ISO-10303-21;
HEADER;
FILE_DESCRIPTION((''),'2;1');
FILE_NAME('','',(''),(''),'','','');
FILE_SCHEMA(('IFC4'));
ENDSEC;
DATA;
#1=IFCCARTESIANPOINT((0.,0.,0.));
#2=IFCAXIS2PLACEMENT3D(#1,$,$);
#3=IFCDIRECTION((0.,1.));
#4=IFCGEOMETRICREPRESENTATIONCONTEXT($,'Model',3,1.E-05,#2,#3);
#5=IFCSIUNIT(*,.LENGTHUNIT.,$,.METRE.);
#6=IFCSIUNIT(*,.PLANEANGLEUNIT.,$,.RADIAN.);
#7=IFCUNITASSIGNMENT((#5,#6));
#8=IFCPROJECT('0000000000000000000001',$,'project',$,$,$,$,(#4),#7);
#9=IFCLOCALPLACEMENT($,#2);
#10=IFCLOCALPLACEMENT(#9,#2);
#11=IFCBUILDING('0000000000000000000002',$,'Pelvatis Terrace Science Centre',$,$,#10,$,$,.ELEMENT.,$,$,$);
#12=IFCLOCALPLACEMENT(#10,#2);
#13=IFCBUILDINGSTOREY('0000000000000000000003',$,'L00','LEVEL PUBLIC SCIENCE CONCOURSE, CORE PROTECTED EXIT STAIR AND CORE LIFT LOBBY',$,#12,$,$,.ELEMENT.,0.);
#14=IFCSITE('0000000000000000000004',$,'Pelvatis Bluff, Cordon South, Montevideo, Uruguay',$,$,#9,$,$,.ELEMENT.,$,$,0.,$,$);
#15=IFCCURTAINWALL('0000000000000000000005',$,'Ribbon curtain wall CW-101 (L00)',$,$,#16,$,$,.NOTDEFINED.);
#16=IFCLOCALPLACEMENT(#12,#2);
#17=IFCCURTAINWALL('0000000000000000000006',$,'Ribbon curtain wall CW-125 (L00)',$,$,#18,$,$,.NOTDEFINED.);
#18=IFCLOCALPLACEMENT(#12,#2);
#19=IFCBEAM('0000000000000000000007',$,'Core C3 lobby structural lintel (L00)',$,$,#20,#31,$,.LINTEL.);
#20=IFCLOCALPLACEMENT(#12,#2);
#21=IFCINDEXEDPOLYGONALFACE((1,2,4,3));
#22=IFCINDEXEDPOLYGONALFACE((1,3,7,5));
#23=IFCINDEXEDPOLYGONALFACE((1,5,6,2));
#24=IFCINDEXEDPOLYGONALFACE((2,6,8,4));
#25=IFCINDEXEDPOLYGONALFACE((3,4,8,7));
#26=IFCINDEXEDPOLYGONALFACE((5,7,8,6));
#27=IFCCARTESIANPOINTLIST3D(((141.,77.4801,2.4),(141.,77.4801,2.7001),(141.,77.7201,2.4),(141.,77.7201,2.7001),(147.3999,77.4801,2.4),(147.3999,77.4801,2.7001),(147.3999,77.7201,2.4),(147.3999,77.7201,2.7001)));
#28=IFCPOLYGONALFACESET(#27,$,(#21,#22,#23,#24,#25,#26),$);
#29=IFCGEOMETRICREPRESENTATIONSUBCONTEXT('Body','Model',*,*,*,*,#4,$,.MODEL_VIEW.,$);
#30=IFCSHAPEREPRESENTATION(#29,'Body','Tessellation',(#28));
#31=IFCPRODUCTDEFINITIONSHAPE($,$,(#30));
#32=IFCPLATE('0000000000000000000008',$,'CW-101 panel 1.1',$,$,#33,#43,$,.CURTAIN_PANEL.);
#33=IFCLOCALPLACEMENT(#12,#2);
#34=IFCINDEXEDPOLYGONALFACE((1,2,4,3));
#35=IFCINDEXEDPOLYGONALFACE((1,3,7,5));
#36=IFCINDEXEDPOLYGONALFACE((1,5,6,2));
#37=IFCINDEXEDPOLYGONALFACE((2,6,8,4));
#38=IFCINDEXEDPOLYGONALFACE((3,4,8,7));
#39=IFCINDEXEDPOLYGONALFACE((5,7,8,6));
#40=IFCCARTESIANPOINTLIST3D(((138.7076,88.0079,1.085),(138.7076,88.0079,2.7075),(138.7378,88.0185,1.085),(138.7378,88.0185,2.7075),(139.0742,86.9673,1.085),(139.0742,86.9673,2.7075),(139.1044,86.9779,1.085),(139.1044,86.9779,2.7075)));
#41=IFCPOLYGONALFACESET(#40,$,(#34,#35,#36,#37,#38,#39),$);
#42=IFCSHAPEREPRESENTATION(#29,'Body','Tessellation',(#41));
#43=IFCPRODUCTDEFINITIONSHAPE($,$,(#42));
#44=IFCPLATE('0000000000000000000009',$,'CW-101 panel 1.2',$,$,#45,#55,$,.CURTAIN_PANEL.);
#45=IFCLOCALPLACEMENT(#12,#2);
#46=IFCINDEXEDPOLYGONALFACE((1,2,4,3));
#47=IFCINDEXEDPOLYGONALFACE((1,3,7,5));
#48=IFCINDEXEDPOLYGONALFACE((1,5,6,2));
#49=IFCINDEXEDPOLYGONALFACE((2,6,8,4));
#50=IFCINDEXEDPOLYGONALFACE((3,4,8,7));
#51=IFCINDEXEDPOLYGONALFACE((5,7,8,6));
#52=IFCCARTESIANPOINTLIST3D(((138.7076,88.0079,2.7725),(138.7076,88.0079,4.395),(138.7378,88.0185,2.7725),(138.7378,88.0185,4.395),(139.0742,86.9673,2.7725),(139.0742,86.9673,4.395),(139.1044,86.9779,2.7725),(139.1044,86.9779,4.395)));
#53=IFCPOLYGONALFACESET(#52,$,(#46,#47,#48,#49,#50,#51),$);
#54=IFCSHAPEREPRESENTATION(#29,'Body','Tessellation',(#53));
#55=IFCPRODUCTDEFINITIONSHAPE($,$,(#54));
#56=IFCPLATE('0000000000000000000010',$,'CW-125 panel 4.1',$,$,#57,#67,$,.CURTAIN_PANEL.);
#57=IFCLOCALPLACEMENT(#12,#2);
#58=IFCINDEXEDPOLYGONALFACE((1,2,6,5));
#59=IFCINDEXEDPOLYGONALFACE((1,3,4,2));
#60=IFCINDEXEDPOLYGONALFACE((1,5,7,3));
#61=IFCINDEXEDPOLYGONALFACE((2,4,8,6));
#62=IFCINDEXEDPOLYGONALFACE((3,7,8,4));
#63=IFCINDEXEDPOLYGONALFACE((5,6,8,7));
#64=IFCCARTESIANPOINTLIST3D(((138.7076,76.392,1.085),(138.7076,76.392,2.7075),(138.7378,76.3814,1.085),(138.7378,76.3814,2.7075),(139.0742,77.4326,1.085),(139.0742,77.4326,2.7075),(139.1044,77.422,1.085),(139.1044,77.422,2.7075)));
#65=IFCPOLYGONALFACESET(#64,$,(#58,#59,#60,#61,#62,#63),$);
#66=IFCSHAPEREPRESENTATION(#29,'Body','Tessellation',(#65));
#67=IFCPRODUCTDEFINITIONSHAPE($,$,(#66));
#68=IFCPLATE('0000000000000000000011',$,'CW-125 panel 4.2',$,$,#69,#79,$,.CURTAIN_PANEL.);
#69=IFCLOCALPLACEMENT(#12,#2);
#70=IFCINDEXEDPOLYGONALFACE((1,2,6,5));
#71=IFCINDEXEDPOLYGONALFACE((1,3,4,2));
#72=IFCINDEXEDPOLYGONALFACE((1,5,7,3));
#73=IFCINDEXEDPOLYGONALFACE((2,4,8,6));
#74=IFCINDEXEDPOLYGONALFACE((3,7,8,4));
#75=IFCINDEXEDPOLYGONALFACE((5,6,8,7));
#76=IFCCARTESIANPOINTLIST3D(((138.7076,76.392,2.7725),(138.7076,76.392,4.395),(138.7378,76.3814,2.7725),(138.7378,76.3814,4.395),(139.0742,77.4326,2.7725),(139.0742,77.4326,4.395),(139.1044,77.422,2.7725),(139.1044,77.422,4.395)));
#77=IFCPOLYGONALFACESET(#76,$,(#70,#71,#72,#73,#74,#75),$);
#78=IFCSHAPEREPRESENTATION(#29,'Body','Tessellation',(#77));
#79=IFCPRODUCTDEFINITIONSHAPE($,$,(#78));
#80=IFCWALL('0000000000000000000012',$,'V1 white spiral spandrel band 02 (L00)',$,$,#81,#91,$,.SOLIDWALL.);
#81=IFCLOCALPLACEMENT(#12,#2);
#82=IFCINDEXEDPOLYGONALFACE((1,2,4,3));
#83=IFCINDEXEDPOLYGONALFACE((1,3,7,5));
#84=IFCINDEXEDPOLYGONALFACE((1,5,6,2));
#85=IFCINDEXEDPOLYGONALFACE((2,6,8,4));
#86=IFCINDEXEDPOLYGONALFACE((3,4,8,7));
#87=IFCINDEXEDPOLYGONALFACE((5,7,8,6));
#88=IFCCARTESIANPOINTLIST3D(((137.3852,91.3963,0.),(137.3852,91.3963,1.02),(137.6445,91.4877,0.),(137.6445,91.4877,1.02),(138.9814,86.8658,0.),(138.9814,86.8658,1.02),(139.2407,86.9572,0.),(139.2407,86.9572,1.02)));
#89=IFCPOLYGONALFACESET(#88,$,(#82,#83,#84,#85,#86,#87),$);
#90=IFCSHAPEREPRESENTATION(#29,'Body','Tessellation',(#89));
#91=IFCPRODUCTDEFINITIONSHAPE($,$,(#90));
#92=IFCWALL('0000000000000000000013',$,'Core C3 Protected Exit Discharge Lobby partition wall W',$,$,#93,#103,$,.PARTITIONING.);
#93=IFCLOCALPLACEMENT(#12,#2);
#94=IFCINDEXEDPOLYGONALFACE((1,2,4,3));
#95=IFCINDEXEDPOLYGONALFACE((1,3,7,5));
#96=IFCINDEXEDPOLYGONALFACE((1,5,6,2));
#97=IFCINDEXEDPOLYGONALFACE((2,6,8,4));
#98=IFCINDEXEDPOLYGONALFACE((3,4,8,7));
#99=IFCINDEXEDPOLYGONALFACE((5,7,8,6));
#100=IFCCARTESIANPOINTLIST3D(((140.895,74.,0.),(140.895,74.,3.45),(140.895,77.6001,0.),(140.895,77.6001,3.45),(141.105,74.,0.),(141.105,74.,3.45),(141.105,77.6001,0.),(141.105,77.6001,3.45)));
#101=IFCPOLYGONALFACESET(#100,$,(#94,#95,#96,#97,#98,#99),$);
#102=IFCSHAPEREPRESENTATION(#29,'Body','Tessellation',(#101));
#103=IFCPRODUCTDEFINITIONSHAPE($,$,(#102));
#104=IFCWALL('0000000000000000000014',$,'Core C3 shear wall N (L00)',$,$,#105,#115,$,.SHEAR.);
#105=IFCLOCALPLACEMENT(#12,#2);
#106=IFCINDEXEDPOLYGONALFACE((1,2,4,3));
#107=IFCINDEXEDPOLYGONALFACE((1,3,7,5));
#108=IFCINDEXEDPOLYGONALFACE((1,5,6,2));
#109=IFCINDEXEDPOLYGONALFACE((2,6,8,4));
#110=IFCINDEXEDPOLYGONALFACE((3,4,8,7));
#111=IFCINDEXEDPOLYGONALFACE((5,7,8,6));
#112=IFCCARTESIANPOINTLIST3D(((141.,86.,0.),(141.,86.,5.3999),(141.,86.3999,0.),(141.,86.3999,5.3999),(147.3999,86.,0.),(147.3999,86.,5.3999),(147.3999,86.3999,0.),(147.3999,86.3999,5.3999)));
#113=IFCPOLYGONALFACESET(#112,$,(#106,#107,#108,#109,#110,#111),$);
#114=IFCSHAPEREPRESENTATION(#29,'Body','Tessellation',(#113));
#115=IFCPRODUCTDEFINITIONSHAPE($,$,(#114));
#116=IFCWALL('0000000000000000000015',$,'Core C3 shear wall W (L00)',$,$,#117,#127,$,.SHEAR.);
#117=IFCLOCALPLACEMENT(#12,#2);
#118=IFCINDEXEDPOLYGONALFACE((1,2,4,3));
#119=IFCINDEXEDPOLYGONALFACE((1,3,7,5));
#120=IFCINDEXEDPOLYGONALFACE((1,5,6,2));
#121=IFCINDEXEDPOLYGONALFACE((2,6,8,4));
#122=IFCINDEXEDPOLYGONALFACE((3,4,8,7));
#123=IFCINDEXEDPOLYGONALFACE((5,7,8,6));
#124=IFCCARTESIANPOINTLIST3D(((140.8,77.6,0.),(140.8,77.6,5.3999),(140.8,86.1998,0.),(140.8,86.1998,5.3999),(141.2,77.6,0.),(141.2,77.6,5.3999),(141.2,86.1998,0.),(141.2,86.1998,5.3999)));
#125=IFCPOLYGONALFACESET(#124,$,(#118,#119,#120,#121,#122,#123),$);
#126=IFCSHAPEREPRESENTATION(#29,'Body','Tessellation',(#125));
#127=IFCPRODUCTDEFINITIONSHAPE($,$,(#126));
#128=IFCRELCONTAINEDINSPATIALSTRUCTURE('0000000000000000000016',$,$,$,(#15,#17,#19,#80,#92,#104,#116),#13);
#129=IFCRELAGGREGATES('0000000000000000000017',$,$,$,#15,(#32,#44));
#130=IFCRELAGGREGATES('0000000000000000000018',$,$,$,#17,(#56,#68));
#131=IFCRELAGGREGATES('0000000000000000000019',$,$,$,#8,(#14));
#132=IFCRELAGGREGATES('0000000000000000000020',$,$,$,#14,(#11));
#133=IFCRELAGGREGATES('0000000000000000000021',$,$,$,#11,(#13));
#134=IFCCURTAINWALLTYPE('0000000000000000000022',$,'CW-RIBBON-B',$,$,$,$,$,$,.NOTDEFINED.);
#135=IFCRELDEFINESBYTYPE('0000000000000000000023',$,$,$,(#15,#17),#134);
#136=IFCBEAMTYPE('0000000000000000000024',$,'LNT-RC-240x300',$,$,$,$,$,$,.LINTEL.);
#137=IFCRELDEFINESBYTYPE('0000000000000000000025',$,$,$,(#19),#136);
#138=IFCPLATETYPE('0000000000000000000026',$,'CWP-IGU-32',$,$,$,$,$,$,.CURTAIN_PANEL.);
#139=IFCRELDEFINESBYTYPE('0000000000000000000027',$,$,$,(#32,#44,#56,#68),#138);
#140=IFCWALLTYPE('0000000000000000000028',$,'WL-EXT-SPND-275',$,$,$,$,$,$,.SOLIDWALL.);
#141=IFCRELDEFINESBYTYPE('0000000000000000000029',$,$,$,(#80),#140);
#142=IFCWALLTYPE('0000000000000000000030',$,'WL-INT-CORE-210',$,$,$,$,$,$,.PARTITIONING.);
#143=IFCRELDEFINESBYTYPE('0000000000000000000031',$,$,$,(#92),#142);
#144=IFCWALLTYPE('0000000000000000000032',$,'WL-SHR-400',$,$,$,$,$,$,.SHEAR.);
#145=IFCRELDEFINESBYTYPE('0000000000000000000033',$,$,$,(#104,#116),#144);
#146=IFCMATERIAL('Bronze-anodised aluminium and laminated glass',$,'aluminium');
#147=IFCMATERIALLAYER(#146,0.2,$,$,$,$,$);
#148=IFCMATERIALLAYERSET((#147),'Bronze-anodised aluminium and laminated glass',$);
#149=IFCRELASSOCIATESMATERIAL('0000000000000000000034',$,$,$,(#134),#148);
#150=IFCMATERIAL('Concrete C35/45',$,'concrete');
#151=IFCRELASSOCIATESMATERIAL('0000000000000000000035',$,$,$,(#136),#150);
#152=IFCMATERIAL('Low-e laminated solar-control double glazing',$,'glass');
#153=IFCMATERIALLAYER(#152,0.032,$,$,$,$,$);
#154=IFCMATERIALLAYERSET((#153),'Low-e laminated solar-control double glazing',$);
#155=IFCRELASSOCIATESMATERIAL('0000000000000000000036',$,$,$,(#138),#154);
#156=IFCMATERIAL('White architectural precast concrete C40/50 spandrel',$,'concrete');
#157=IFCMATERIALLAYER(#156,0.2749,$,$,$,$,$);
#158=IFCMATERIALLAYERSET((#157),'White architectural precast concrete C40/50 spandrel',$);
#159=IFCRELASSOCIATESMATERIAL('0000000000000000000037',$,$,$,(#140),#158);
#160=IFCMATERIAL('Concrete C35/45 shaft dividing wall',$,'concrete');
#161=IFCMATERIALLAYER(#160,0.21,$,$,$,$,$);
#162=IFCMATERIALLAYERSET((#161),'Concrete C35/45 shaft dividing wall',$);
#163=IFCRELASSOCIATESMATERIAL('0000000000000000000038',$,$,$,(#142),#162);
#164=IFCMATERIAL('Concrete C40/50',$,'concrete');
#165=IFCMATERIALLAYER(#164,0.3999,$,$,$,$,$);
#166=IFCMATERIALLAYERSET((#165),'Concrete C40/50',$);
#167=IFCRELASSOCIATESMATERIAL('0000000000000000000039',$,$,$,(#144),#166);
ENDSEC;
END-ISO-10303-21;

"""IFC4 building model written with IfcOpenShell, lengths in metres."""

from ifc_helpers import new_model, si_unit, direction, frame, frame_2d, origin, origin_2d, place, context, subcontext, project, spatial, rectangle, extrude, material, layer, layer_set, material_profile, profile_set, type_object, element, aggregate, save


model = new_model("IFC4")

# Units and contexts
model_context = context("Model", 3, precision=1e-05, world=origin(), true_north=direction((0.0, 1.0)))
body_context = subcontext(model_context, "Body", "Model", "MODEL_VIEW")
ifc_project = project(units=[si_unit("LENGTHUNIT", "METRE"), si_unit("PLANEANGLEUNIT", "RADIAN")], contexts=[model_context])

# Site, building, storey
site_placement = place(None, origin())
site = spatial("IfcSite", under=ifc_project, at=site_placement, Name="Pelvatis Bluff, Cordon South, Montevideo, Uruguay", CompositionType="ELEMENT", RefElevation=0.0)
building_placement = place(site_placement, origin())
building = spatial("IfcBuilding", under=site, at=building_placement, Name="Pelvatis Terrace Science Centre", CompositionType="ELEMENT")
storey_placement = place(building_placement, origin())
storey = spatial("IfcBuildingStorey", under=building, at=storey_placement, Name="L00", Description="LEVEL PUBLIC SCIENCE CONCOURSE, CORE PROTECTED EXIT STAIR AND CORE LIFT LOBBY", CompositionType="ELEMENT", Elevation=0.0)

# Curtain wall
ifc_material_1 = material(Name="Bronze-anodised aluminium and laminated glass", Category="aluminium")
ifc_layer_1 = layer(ifc_material_1, 0.2)
ifc_layer_set_1 = layer_set([ifc_layer_1], Name="Bronze-anodised aluminium and laminated glass")
curtain_wall_type = type_object("IfcCurtainWallType", Name="CW-RIBBON-B", PredefinedType="NOTDEFINED", material=ifc_layer_set_1)
curtain_wall_1_placement = place(storey_placement, origin())
curtain_wall_1 = element("IfcCurtainWall", 1, at=curtain_wall_1_placement, inside=storey, type_object=curtain_wall_type, Name="Ribbon curtain wall CW-101 (L00)", PredefinedType="NOTDEFINED")

# Curtain wall
curtain_wall_2_placement = place(storey_placement, origin())
curtain_wall_2 = element("IfcCurtainWall", 2, at=curtain_wall_2_placement, inside=storey, type_object=curtain_wall_type, Name="Ribbon curtain wall CW-125 (L00)", PredefinedType="NOTDEFINED")

# Beam
ifc_material_2 = material(Name="Concrete C35/45", Category="concrete")
ifc_material_profile_1 = material_profile(ifc_material_2, rectangle(XDim=0.24, YDim=0.3, at=origin_2d()), Name="RC-LNT 240x300")
ifc_profile_set_1 = profile_set([ifc_material_profile_1], Name="Concrete C35/45")
beam_type_1 = type_object("IfcBeamType", Name="LNT-RC-240x300", PredefinedType="LINTEL", material=ifc_profile_set_1)
beam_1_placement = place(storey_placement, frame((141.0, 77.6001, 2.55), z_axis=(1.0, 0.0, 0.0), x_axis=(0.0, 1.0, 0.0)))
element("IfcBeam", 3, at=beam_1_placement, inside=storey, type_object=beam_type_1, Name="Core C3 lobby structural lintel (L00)", PredefinedType="LINTEL", context=body_context, shape_type="SweptSolid", body=[
    extrude(rectangle(XDim=0.24, YDim=0.3, at=origin_2d()), origin(), (0.0, 0.0, 1.0), 6.3999),
])

# Plates
ifc_material_3 = material(Name="Low-e laminated solar-control double glazing", Category="glass")
ifc_layer_2 = layer(ifc_material_3, 0.032)
ifc_layer_set_2 = layer_set([ifc_layer_2], Name="Low-e laminated solar-control double glazing")
plate_type = type_object("IfcPlateType", Name="CWP-IGU-32", PredefinedType="CURTAIN_PANEL", material=ifc_layer_set_2)
plate_1_placement = place(storey_placement, frame((138.906, 87.4929, 1.085), z_axis=(0.0, 0.0, 1.0), x_axis=(-0.332308, 0.943171, 0.0)))
plate_1 = element("IfcPlate", 4, at=plate_1_placement, type_object=plate_type, Name="CW-101 panel 1.1", PredefinedType="CURTAIN_PANEL", context=body_context, shape_type="SweptSolid", body=[
    extrude(rectangle(XDim=1.1033, YDim=0.032, at=origin_2d()), origin(), (0.0, 0.0, 1.0), 1.6226),
])
plate_2_placement = place(storey_placement, frame((138.906, 87.4929, 2.7725), z_axis=(0.0, 0.0, 1.0), x_axis=(-0.332308, 0.943171, 0.0)))
plate_2 = element("IfcPlate", 5, at=plate_2_placement, type_object=plate_type, Name="CW-101 panel 1.2", PredefinedType="CURTAIN_PANEL", context=body_context, shape_type="SweptSolid", body=[
    extrude(rectangle(XDim=1.1033, YDim=0.032, at=origin_2d()), origin(), (0.0, 0.0, 1.0), 1.6226),
])
aggregate(curtain_wall_1, [plate_1, plate_2])
plate_3_placement = place(storey_placement, frame((138.906, 76.907, 1.085), z_axis=(0.0, 0.0, 1.0), x_axis=(0.332308, 0.943171, 0.0)))
plate_3 = element("IfcPlate", 6, at=plate_3_placement, type_object=plate_type, Name="CW-125 panel 4.1", PredefinedType="CURTAIN_PANEL", context=body_context, shape_type="SweptSolid", body=[
    extrude(rectangle(XDim=1.1033, YDim=0.032, at=origin_2d()), origin(), (0.0, 0.0, 1.0), 1.6226),
])
plate_4_placement = place(storey_placement, frame((138.906, 76.907, 2.7725), z_axis=(0.0, 0.0, 1.0), x_axis=(0.332308, 0.943171, 0.0)))
plate_4 = element("IfcPlate", 7, at=plate_4_placement, type_object=plate_type, Name="CW-125 panel 4.2", PredefinedType="CURTAIN_PANEL", context=body_context, shape_type="SweptSolid", body=[
    extrude(rectangle(XDim=1.1033, YDim=0.032, at=origin_2d()), origin(), (0.0, 0.0, 1.0), 1.6226),
])
aggregate(curtain_wall_2, [plate_3, plate_4])

# Walls
ifc_material_4 = material(Name="White architectural precast concrete C40/50 spandrel", Category="concrete")
ifc_layer_3 = layer(ifc_material_4, 0.2749)
ifc_layer_set_3 = layer_set([ifc_layer_3], Name="White architectural precast concrete C40/50 spandrel")
wall_type_1 = type_object("IfcWallType", Name="WL-EXT-SPND-275", PredefinedType="SOLIDWALL", material=ifc_layer_set_3)
wall_1_placement = place(storey_placement, frame((139.1111, 86.9114, 0.0), z_axis=(0.0, 0.0, 1.0), x_axis=(-0.332299, 0.943174, 0.0)))
element("IfcWall", 8, at=wall_1_placement, inside=storey, type_object=wall_type_1, Name="V1 white spiral spandrel band 02 (L00)", PredefinedType="SOLIDWALL", context=body_context, shape_type="SweptSolid", body=[
    extrude(rectangle(XDim=4.8035, YDim=0.2749, at=frame_2d((2.4019, 0.0))), origin(), (0.0, 0.0, 1.0), 1.02),
])
ifc_material_5 = material(Name="Concrete C35/45 shaft dividing wall", Category="concrete")
ifc_layer_4 = layer(ifc_material_5, 0.21)
ifc_layer_set_4 = layer_set([ifc_layer_4], Name="Concrete C35/45 shaft dividing wall")
wall_type_2 = type_object("IfcWallType", Name="WL-INT-CORE-210", PredefinedType="PARTITIONING", material=ifc_layer_set_4)
wall_2_placement = place(storey_placement, frame((141.0, 77.6001, 0.0), z_axis=(0.0, 0.0, 1.0), x_axis=(0.0, -1.0, 0.0)))
element("IfcWall", 9, at=wall_2_placement, inside=storey, type_object=wall_type_2, Name="Core C3 Protected Exit Discharge Lobby partition wall W", PredefinedType="PARTITIONING", context=body_context, shape_type="SweptSolid", body=[
    extrude(rectangle(XDim=3.6001, YDim=0.21, at=frame_2d((1.8, 0.0))), origin(), (0.0, 0.0, 1.0), 3.45),
])
ifc_material_6 = material(Name="Concrete C40/50", Category="concrete")
ifc_layer_5 = layer(ifc_material_6, 0.3999)
ifc_layer_set_5 = layer_set([ifc_layer_5], Name="Concrete C40/50")
wall_type_3 = type_object("IfcWallType", Name="WL-SHR-400", PredefinedType="SHEAR", material=ifc_layer_set_5)
wall_3_placement = place(storey_placement, frame((141.0, 86.2, 0.0), z_axis=(0.0, 0.0, 1.0), x_axis=(1.0, 0.0, 0.0)))
element("IfcWall", 10, at=wall_3_placement, inside=storey, type_object=wall_type_3, Name="Core C3 shear wall N (L00)", PredefinedType="SHEAR", context=body_context, shape_type="SweptSolid", body=[
    extrude(rectangle(XDim=6.3999, YDim=0.3999, at=frame_2d((3.2, 0.0))), origin(), (0.0, 0.0, 1.0), 5.3999),
])
wall_4_placement = place(storey_placement, frame((141.0, 77.6001, 0.0), z_axis=(0.0, 0.0, 1.0), x_axis=(0.0, 1.0, 0.0)))
element("IfcWall", 11, at=wall_4_placement, inside=storey, type_object=wall_type_3, Name="Core C3 shear wall W (L00)", PredefinedType="SHEAR", context=body_context, shape_type="SweptSolid", body=[
    extrude(rectangle(XDim=8.5999, YDim=0.3999, at=frame_2d((4.2998, 0.0))), origin(), (0.0, 0.0, 1.0), 5.3999),
])

save(model, "model.ifc")
